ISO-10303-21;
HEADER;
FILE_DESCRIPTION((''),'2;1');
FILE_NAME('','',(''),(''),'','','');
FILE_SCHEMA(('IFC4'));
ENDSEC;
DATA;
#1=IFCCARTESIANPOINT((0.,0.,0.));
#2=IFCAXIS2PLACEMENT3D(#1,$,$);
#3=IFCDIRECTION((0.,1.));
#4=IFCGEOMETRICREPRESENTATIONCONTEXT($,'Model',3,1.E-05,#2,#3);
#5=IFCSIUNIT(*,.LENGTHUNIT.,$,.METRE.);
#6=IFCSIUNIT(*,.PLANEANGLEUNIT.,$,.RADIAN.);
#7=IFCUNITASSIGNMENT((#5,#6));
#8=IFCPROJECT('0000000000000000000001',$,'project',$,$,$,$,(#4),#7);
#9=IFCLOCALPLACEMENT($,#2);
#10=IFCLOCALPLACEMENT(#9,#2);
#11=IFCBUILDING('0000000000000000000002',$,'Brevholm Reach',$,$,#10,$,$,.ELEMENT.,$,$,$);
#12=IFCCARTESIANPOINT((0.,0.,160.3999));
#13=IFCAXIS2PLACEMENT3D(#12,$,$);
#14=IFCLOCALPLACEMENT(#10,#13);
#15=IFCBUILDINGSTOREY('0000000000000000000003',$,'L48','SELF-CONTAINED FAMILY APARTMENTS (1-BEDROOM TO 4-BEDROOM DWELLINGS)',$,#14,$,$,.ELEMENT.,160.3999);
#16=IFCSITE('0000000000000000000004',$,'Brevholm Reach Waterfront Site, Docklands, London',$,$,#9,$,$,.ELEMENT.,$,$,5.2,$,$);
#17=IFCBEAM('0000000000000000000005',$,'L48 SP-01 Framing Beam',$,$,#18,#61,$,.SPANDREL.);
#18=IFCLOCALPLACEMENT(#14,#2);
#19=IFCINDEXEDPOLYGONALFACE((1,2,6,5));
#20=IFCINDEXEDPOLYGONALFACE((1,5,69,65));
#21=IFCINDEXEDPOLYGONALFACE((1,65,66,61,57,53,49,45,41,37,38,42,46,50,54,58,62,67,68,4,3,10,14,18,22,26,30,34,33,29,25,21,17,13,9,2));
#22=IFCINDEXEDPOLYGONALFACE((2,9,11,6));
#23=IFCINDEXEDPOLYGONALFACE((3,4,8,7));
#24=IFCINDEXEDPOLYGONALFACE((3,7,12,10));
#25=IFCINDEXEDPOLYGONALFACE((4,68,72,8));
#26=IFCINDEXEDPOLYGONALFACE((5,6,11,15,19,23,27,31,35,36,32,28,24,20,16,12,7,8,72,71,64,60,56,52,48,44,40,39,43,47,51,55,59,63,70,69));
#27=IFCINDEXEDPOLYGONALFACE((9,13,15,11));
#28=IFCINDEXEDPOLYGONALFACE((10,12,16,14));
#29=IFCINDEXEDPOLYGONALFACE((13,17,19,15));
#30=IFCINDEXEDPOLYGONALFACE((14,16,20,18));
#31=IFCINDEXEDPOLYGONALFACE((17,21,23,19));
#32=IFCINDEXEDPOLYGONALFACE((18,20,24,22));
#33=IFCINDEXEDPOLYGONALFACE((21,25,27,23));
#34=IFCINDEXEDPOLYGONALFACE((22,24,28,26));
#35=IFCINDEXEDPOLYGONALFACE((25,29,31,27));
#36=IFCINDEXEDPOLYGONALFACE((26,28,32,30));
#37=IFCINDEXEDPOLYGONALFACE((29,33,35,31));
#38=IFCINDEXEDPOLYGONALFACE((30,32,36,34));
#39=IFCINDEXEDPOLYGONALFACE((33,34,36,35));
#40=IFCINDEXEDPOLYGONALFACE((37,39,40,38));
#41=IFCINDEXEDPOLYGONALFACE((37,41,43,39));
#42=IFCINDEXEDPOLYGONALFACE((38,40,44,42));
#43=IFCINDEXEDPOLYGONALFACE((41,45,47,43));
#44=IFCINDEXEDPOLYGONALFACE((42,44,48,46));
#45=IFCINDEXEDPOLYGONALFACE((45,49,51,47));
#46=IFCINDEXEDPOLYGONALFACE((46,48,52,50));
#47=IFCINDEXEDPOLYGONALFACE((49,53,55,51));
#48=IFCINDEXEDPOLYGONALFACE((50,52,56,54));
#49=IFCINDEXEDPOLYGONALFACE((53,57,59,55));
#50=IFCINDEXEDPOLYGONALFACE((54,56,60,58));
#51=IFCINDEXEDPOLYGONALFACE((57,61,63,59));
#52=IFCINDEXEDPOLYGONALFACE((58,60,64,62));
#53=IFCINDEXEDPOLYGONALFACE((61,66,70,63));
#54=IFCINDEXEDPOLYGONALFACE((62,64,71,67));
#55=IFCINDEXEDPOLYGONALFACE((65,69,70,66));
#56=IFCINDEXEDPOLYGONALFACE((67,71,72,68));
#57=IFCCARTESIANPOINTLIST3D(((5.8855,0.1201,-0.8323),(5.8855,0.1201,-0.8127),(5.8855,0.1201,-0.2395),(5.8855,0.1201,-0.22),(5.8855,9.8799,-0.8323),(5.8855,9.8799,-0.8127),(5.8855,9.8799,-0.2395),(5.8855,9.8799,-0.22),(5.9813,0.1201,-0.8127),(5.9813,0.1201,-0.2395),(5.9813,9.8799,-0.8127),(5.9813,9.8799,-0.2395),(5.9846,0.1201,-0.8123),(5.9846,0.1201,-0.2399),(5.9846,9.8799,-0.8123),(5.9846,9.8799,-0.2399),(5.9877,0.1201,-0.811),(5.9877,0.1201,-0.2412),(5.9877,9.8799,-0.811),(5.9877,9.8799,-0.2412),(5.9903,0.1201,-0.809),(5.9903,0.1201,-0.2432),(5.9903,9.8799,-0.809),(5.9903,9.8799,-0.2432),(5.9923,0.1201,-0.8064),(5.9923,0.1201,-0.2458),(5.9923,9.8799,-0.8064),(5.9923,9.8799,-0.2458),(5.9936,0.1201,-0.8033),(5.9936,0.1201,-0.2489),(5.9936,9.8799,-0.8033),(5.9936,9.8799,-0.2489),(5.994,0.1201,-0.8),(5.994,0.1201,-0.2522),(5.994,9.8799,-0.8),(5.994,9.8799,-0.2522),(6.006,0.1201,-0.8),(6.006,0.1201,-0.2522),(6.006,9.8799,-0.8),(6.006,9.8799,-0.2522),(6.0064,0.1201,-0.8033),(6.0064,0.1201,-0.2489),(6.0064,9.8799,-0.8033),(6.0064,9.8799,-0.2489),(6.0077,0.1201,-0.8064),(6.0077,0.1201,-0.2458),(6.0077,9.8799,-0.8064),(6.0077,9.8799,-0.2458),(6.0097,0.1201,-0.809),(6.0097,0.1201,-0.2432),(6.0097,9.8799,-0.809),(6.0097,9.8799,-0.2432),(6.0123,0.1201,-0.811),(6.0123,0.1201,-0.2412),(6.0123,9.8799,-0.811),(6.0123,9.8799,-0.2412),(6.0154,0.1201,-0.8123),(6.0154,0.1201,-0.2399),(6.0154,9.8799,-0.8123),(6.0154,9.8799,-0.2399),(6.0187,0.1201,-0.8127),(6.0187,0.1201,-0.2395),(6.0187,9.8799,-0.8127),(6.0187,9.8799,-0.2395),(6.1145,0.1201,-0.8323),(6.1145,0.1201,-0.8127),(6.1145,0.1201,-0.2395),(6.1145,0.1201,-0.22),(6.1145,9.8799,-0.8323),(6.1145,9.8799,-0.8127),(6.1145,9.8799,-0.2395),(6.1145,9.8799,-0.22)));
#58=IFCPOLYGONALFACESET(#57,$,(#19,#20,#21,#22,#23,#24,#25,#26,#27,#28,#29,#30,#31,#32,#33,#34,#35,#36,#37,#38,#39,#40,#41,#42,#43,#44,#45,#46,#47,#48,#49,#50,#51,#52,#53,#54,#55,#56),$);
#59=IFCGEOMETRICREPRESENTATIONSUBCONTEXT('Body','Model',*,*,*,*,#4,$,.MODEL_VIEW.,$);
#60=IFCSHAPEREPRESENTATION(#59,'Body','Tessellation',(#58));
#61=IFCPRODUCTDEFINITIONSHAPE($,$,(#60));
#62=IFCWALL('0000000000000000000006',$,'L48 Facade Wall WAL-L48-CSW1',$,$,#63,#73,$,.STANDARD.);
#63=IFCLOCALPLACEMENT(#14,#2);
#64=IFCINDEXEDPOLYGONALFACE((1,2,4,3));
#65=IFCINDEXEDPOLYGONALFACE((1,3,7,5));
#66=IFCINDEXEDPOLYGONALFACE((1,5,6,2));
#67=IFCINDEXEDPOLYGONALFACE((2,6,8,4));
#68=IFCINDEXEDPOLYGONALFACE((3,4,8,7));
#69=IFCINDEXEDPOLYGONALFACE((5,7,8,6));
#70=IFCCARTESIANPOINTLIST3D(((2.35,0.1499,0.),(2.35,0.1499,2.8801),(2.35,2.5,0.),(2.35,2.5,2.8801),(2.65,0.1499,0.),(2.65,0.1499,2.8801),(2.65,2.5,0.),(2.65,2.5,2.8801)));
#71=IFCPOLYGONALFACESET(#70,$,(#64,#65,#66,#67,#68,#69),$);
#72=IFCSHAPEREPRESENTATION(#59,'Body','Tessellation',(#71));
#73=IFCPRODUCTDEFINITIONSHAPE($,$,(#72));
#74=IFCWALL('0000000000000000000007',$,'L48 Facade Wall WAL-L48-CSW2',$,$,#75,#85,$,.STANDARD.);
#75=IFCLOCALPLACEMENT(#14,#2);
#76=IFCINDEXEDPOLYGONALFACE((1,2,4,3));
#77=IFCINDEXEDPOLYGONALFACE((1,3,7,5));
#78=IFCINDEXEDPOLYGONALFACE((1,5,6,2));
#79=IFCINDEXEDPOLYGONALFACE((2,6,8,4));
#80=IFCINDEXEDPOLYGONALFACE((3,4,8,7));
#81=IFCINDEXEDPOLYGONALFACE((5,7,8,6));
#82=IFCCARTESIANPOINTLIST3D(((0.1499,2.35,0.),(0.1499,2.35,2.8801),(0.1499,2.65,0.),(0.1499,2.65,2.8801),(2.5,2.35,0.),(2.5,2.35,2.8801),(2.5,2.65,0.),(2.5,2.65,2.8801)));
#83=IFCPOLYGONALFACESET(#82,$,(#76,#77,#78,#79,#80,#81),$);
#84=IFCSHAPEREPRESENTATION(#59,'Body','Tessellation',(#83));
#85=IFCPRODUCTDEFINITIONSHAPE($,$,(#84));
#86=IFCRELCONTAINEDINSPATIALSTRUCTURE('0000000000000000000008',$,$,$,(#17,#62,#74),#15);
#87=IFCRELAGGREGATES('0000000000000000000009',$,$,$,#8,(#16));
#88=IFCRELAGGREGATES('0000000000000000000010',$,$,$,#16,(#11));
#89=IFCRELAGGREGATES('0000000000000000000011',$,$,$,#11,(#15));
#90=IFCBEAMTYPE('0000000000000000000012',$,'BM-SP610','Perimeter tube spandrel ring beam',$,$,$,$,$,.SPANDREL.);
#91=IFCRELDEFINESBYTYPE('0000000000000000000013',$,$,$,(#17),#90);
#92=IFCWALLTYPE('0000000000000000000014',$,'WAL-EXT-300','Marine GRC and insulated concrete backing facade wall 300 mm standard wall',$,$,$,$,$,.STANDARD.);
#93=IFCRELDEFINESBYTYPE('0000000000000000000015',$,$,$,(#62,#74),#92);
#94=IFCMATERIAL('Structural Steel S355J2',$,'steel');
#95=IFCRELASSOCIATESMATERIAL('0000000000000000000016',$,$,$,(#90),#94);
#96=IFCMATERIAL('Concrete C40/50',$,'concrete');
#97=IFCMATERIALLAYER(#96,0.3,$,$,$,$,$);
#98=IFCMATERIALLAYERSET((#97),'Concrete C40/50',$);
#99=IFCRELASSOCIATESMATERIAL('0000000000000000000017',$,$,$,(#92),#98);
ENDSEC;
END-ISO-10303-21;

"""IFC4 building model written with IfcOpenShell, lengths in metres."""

from ifc_helpers import new_model, si_unit, direction, frame, frame_2d, origin, origin_2d, place, context, subcontext, project, spatial, rectangle, i_section, extrude, material, layer, layer_set, material_profile, profile_set, type_object, element, save


model = new_model("IFC4")

# Units and contexts
model_context = context("Model", 3, precision=1e-05, world=origin(), true_north=direction((0.0, 1.0)))
body_context = subcontext(model_context, "Body", "Model", "MODEL_VIEW")
ifc_project = project(units=[si_unit("LENGTHUNIT", "METRE"), si_unit("PLANEANGLEUNIT", "RADIAN")], contexts=[model_context])

# Site, building, storey
site_placement = place(None, origin())
site = spatial("IfcSite", under=ifc_project, at=site_placement, Name="Brevholm Reach Waterfront Site, Docklands, London", CompositionType="ELEMENT", RefElevation=5.2)
building_placement = place(site_placement, origin())
building = spatial("IfcBuilding", under=site, at=building_placement, Name="Brevholm Reach", CompositionType="ELEMENT")
storey_placement = place(building_placement, frame((0.0, 0.0, 160.3999)))
storey = spatial("IfcBuildingStorey", under=building, at=storey_placement, Name="L48", Description="SELF-CONTAINED FAMILY APARTMENTS (1-BEDROOM TO 4-BEDROOM DWELLINGS)", CompositionType="ELEMENT", Elevation=160.3999)

# Beam
ifc_material_1 = material(Name="Structural Steel S355J2", Category="steel")
ifc_material_profile_1 = material_profile(ifc_material_1, i_section(OverallWidth=0.229, OverallDepth=0.6123, WebThickness=0.012, FlangeThickness=0.0195, FilletRadius=0.0127, at=origin_2d()), Name="UKB 610x229x125")
ifc_profile_set_1 = profile_set([ifc_material_profile_1], Name="Structural Steel S355J2")
beam_type_1 = type_object("IfcBeamType", Name="BM-SP610", Description="Perimeter tube spandrel ring beam", PredefinedType="SPANDREL", material=ifc_profile_set_1)
beam_1_placement = place(storey_placement, frame((6.0, 0.1201, -0.5261), z_axis=(0.0, 1.0, 0.0), x_axis=(-1.0, 0.0, 0.0)))
element("IfcBeam", 1, at=beam_1_placement, inside=storey, type_object=beam_type_1, Name="L48 SP-01 Framing Beam", PredefinedType="SPANDREL", context=body_context, shape_type="SweptSolid", body=[
    extrude(i_section(OverallWidth=0.229, OverallDepth=0.6123, WebThickness=0.012, FlangeThickness=0.0195, FilletRadius=0.0127, at=origin_2d()), origin(), (0.0, 0.0, 1.0), 9.7598),
])

# Walls
ifc_material_2 = material(Name="Concrete C40/50", Category="concrete")
ifc_layer_1 = layer(ifc_material_2, 0.3)
ifc_layer_set_1 = layer_set([ifc_layer_1], Name="Concrete C40/50")
wall_type_1 = type_object("IfcWallType", Name="WAL-EXT-300", Description="Marine GRC and insulated concrete backing facade wall 300 mm standard wall", PredefinedType="STANDARD", material=ifc_layer_set_1)
for number, where, z_axis, x_axis, name in (
    (2, (2.5, 2.5, 0.0), (0.0, 0.0, 1.0), (0.0, -1.0, 0.0), "L48 Facade Wall WAL-L48-CSW1"),
    (3, (0.1499, 2.5, 0.0), (0.0, 0.0, 1.0), (1.0, 0.0, 0.0), "L48 Facade Wall WAL-L48-CSW2"),
):
    element("IfcWall", number, at=place(storey_placement, frame(where, z_axis=z_axis, x_axis=x_axis)), inside=storey, type_object=wall_type_1, Name=name, PredefinedType="STANDARD", context=body_context, shape_type="SweptSolid", body=[
        extrude(rectangle(XDim=2.3501, YDim=0.3, at=frame_2d((1.175, 0.0))), origin(), (0.0, 0.0, 1.0), 2.8801),
    ])

save(model, "model.ifc")
